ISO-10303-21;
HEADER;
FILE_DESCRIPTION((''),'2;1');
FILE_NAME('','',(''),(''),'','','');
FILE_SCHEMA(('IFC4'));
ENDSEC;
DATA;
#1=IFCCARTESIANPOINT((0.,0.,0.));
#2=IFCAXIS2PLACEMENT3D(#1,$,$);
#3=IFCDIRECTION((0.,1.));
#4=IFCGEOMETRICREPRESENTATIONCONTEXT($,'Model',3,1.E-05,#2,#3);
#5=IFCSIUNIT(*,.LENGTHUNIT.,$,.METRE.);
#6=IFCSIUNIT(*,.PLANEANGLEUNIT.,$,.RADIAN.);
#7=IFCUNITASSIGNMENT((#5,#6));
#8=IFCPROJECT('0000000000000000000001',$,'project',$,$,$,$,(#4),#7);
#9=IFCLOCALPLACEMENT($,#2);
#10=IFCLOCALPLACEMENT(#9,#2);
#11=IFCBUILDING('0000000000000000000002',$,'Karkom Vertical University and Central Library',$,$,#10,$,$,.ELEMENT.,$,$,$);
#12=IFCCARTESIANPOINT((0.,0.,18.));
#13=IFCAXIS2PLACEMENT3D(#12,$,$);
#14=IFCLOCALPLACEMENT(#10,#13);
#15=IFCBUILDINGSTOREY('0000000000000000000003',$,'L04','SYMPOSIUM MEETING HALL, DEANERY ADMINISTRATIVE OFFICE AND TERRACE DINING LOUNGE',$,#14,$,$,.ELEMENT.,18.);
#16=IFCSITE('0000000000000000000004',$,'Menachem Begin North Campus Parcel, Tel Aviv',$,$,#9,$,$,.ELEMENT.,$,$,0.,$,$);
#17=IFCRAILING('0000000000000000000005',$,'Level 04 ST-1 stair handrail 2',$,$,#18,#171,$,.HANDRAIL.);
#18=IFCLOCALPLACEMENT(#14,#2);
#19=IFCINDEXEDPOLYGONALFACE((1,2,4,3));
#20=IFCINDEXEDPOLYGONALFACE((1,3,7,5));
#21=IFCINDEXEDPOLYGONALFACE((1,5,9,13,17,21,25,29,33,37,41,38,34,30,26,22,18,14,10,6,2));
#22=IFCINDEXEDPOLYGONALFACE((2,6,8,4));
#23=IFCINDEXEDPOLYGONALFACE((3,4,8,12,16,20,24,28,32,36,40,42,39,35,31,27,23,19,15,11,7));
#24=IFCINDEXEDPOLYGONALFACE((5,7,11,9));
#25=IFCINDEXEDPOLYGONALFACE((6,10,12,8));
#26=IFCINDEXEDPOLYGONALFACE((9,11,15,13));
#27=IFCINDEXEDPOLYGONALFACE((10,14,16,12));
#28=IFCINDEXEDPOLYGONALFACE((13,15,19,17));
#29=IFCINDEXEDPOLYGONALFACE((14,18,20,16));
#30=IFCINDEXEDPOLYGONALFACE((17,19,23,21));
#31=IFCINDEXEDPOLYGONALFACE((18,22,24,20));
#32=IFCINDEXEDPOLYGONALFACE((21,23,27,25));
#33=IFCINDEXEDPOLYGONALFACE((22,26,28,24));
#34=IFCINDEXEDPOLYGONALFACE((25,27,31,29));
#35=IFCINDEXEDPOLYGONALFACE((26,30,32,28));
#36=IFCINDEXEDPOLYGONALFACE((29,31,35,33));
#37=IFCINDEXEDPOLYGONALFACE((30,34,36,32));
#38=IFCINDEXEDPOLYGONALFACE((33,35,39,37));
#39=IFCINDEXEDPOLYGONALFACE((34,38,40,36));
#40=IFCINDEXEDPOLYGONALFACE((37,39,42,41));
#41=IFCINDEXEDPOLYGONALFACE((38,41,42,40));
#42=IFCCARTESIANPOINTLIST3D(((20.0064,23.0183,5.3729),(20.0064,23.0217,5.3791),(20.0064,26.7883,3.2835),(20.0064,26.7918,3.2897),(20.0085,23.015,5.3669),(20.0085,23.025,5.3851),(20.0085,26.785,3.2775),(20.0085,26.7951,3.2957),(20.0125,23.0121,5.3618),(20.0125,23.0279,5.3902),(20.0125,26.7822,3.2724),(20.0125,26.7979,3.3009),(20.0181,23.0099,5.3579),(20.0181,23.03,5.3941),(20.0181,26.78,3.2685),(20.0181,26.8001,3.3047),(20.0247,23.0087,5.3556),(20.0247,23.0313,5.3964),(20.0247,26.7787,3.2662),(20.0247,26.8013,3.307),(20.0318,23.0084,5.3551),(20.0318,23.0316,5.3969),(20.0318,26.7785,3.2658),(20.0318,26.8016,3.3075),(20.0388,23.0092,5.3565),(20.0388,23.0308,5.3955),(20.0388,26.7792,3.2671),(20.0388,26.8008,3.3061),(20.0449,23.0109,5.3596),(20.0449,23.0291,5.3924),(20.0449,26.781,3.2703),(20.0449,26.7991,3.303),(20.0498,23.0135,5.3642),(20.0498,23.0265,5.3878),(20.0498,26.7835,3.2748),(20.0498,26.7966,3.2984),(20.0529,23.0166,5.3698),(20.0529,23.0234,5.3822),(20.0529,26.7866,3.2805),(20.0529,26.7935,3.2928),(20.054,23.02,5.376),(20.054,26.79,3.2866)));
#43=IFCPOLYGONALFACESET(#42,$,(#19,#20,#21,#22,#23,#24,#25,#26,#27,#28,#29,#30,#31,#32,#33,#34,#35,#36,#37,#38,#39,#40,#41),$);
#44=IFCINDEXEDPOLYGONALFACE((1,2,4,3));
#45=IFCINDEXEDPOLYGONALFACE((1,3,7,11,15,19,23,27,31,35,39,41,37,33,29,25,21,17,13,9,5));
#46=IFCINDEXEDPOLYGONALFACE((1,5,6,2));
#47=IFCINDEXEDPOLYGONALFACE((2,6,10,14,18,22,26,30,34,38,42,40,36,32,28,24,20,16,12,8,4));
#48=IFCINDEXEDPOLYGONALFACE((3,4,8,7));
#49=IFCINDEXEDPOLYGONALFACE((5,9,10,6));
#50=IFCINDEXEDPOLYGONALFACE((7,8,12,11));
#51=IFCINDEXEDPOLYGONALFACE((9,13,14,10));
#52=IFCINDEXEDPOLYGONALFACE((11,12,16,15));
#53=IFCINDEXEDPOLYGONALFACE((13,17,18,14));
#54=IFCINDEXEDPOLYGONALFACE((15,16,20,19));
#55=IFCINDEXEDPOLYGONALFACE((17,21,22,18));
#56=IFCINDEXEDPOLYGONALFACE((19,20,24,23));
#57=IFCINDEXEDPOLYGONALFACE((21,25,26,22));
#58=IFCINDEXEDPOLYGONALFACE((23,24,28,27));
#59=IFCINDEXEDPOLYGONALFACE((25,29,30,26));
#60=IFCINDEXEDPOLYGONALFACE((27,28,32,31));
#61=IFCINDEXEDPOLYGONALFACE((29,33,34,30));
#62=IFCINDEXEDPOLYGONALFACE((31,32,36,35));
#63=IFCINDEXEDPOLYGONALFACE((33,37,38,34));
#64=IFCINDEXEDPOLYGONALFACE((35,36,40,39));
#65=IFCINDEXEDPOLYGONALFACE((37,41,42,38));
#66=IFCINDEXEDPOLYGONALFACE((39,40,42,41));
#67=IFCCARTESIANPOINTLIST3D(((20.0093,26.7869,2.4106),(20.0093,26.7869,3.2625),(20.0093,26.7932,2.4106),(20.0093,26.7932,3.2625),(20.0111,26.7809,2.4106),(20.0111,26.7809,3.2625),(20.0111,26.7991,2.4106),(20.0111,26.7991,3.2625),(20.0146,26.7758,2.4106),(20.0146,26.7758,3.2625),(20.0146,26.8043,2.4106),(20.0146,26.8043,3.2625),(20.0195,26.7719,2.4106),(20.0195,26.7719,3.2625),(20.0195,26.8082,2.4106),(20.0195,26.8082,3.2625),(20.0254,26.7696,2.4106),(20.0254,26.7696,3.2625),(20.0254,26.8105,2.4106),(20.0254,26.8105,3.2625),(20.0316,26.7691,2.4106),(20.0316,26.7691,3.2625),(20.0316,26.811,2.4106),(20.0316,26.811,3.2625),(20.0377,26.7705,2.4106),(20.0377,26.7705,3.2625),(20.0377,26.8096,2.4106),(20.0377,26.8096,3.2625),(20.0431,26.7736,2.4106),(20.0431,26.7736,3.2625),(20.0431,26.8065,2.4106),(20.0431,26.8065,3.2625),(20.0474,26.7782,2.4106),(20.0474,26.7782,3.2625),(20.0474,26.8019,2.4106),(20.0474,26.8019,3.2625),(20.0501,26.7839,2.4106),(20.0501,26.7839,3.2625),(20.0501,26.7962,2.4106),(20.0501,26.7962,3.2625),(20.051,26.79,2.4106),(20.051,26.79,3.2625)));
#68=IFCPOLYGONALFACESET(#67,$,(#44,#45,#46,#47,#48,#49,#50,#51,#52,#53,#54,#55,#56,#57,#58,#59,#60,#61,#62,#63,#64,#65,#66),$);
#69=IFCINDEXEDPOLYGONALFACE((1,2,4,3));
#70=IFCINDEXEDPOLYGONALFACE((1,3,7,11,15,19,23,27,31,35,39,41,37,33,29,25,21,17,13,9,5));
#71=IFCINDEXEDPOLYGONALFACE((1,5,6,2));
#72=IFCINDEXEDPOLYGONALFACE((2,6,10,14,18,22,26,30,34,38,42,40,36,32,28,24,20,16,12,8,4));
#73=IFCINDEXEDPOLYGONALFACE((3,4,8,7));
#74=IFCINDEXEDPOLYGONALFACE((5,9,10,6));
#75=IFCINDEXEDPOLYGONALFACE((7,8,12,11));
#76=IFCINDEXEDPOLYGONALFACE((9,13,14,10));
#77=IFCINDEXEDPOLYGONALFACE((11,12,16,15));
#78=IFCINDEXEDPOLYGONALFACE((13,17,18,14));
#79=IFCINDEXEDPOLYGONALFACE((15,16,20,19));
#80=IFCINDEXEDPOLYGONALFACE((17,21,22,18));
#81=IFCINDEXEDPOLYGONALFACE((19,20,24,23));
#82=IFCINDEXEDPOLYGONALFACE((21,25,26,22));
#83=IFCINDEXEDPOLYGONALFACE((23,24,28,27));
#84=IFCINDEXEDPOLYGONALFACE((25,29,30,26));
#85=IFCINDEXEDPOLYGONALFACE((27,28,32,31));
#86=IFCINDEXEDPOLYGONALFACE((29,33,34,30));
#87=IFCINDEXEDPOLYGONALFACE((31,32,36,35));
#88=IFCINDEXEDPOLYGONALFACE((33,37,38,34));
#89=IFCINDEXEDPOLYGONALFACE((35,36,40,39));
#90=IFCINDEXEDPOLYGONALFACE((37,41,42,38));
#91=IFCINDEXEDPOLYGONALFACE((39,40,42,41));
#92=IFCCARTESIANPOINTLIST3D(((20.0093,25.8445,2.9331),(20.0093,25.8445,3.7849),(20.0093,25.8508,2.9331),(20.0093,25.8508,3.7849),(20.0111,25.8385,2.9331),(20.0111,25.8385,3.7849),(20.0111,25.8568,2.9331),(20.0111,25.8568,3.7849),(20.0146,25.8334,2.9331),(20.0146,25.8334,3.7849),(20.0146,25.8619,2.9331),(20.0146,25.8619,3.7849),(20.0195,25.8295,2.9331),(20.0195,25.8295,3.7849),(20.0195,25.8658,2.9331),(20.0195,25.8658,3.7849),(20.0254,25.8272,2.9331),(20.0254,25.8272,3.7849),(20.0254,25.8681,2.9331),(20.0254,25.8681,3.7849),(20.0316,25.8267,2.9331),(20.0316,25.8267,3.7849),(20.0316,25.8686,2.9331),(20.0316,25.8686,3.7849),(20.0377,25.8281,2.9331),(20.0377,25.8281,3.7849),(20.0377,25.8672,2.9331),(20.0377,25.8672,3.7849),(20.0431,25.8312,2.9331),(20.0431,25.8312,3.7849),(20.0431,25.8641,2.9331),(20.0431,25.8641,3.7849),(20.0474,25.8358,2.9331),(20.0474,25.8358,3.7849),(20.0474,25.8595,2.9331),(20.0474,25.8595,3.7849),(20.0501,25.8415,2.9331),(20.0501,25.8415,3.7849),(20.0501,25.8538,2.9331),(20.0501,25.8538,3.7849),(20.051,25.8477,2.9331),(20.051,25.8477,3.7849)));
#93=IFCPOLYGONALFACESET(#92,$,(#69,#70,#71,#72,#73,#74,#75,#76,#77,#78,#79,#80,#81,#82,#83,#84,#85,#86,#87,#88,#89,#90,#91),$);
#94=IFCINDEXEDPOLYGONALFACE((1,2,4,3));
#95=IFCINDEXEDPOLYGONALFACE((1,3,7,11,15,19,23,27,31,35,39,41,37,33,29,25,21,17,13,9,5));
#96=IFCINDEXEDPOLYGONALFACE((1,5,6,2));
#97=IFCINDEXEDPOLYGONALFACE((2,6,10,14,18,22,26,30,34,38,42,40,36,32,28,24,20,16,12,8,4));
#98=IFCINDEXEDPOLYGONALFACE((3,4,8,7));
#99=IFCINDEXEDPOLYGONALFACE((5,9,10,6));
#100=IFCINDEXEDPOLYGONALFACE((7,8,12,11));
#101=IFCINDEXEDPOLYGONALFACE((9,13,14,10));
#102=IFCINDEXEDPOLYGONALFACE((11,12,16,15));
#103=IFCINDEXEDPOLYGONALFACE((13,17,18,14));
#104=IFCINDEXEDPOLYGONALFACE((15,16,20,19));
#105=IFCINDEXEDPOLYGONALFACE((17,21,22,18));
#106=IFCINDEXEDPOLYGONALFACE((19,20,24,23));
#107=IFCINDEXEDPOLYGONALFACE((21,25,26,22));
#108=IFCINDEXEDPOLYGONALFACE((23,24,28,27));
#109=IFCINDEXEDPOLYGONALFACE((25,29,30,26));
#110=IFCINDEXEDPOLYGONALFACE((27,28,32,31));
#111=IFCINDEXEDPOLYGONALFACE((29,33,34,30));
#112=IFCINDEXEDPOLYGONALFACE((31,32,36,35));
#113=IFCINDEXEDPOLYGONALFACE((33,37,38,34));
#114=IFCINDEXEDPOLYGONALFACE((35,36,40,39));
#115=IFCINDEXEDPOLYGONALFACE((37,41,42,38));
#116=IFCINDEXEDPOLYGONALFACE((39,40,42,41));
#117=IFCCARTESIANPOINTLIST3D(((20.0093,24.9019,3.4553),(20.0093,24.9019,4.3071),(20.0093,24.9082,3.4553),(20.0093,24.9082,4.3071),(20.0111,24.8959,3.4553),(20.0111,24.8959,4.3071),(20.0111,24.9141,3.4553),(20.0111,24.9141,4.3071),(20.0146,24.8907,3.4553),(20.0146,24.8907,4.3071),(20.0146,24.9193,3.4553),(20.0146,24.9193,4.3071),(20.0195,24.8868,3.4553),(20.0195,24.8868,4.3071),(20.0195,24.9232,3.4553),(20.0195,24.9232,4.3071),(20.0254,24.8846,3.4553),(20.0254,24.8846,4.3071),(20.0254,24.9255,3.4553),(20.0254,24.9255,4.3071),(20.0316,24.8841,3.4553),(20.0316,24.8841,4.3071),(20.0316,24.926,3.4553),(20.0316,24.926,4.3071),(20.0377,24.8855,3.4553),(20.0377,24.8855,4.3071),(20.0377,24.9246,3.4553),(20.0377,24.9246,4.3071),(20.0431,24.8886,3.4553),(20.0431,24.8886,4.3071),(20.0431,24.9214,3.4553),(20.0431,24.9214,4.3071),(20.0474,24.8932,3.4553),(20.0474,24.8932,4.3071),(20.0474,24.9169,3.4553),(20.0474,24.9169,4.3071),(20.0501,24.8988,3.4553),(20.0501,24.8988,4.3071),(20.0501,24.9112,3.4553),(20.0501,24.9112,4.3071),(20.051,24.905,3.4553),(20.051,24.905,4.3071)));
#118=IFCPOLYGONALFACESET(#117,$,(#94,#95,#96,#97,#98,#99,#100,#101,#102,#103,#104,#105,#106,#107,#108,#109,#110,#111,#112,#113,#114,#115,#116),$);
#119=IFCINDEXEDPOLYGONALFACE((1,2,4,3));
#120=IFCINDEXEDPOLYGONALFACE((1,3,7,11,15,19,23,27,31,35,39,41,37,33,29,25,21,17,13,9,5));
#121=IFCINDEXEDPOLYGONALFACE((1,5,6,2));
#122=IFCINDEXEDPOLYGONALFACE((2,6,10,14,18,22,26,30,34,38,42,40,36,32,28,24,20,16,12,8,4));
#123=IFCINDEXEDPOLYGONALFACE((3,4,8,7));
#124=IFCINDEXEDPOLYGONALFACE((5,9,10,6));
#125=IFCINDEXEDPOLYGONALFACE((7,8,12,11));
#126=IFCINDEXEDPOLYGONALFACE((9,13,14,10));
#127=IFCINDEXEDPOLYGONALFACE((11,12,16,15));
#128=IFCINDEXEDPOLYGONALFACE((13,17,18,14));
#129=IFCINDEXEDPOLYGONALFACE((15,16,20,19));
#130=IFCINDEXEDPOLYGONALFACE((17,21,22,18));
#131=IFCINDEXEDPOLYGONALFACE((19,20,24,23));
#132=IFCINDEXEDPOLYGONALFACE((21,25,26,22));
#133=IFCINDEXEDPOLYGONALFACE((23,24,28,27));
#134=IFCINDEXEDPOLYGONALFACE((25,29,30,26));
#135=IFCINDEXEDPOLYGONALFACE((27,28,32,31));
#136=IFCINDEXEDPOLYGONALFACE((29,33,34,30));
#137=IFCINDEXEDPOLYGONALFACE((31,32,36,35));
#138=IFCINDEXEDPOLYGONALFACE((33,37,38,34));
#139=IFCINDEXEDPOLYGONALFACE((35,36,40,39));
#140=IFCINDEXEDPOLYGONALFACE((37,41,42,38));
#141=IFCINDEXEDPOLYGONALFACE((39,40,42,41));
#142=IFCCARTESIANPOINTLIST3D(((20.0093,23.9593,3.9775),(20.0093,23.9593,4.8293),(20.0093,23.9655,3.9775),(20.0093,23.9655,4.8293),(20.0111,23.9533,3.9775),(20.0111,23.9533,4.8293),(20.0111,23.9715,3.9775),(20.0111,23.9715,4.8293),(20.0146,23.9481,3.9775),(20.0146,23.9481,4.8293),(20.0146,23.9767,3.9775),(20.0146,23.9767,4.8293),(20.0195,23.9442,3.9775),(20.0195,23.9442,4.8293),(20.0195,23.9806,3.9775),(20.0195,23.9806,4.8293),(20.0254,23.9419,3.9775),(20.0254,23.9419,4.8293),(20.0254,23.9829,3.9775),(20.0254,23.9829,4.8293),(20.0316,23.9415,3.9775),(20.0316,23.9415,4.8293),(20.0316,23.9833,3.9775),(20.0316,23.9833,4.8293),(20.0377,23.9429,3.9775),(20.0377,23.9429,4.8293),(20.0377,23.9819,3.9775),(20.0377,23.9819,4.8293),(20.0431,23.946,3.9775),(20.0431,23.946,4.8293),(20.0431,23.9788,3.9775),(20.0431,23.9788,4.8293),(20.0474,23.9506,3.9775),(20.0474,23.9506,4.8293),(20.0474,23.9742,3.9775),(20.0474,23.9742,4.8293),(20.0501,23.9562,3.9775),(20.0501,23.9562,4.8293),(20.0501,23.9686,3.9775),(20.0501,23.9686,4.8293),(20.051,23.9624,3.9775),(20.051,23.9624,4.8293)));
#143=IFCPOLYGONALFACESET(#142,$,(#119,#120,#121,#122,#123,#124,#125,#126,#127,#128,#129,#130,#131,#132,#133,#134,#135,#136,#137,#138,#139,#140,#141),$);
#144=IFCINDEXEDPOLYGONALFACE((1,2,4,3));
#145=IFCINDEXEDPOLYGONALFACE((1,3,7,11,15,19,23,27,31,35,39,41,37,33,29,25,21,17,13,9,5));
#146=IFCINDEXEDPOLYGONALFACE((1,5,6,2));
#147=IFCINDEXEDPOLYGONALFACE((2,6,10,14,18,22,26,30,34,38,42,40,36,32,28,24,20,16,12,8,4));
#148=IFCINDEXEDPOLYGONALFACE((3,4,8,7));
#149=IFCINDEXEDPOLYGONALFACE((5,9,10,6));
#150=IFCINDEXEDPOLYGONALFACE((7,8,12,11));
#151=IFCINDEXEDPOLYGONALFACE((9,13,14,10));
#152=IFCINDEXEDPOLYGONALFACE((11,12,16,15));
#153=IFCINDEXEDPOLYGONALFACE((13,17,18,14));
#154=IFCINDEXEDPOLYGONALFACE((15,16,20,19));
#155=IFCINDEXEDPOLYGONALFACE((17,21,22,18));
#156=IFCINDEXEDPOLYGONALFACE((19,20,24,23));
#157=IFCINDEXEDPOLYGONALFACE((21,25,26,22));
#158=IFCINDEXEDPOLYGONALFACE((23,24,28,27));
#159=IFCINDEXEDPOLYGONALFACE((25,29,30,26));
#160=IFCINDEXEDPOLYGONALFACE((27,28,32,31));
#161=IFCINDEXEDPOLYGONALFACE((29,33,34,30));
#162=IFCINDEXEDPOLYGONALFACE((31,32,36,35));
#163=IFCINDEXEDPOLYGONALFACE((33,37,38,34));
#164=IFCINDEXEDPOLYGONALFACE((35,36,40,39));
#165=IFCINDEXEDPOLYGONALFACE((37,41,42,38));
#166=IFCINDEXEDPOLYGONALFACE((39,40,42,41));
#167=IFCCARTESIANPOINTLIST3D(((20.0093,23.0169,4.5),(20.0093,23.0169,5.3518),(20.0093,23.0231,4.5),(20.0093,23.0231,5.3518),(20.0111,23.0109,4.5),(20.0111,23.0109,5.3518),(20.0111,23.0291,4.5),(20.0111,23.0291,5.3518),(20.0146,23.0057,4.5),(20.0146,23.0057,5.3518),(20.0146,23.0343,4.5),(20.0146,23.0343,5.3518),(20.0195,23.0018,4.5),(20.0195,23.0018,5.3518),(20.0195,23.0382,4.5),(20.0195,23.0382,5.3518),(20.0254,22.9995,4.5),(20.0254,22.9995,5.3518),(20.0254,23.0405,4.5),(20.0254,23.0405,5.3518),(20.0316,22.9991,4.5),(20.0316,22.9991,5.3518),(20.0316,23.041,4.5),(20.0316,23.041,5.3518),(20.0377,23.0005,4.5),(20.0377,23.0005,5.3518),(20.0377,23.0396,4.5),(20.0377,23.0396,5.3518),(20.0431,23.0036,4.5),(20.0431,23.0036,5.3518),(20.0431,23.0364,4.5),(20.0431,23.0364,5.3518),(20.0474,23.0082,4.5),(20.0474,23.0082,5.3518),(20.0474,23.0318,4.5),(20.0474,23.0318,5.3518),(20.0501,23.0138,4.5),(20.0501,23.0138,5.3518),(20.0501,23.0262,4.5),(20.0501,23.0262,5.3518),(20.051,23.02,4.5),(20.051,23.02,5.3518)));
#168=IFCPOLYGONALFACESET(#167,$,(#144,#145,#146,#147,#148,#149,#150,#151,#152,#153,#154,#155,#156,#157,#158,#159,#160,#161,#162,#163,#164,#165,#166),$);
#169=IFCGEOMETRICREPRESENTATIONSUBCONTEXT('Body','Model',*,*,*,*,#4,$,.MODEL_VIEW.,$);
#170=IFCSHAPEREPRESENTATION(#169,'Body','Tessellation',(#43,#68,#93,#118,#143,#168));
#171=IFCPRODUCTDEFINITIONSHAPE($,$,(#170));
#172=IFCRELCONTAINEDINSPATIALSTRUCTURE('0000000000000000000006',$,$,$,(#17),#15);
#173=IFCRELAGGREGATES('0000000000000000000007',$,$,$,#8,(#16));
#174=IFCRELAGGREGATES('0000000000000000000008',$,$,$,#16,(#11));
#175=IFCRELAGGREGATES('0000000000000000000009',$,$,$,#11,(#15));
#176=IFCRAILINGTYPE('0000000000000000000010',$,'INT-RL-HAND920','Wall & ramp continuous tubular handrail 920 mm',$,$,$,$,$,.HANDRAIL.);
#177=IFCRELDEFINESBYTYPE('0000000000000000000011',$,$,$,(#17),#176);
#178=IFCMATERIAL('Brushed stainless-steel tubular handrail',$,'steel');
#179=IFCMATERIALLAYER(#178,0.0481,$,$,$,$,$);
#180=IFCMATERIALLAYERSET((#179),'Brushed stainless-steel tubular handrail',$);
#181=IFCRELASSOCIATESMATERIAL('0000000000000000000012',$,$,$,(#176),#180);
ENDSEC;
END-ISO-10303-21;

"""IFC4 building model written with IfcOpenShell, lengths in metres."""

from ifc_helpers import new_model, si_unit, direction, frame, origin, origin_2d, place, context, subcontext, project, spatial, circle, extrude, material, layer, layer_set, type_object, element, save


model = new_model("IFC4")

# Units and contexts
model_context = context("Model", 3, precision=1e-05, world=origin(), true_north=direction((0.0, 1.0)))
body_context = subcontext(model_context, "Body", "Model", "MODEL_VIEW")
ifc_project = project(units=[si_unit("LENGTHUNIT", "METRE"), si_unit("PLANEANGLEUNIT", "RADIAN")], contexts=[model_context])

# Site, building, storey
site_placement = place(None, origin())
site = spatial("IfcSite", under=ifc_project, at=site_placement, Name="Menachem Begin North Campus Parcel, Tel Aviv", CompositionType="ELEMENT", RefElevation=0.0)
building_placement = place(site_placement, origin())
building = spatial("IfcBuilding", under=site, at=building_placement, Name="Karkom Vertical University and Central Library", CompositionType="ELEMENT")
storey_placement = place(building_placement, frame((0.0, 0.0, 18.0)))
storey = spatial("IfcBuildingStorey", under=building, at=storey_placement, Name="L04", Description="SYMPOSIUM MEETING HALL, DEANERY ADMINISTRATIVE OFFICE AND TERRACE DINING LOUNGE", CompositionType="ELEMENT", Elevation=18.0)

# Railing
ifc_material_1 = material(Name="Brushed stainless-steel tubular handrail", Category="steel")
ifc_layer_1 = layer(ifc_material_1, 0.0481)
ifc_layer_set_1 = layer_set([ifc_layer_1], Name="Brushed stainless-steel tubular handrail")
railing_type_1 = type_object("IfcRailingType", Name="INT-RL-HAND920", Description="Wall & ramp continuous tubular handrail 920 mm", PredefinedType="HANDRAIL", material=ifc_layer_set_1)
railing_1_placement = place(storey_placement, frame((20.03, 26.79, 2.4106)))
element("IfcRailing", 1, at=railing_1_placement, inside=storey, type_object=railing_type_1, Name="Level 04 ST-1 stair handrail 2", PredefinedType="HANDRAIL", context=body_context, shape_type="SweptSolid", body=[
    extrude(circle(Radius=0.0239, at=origin_2d()), frame((0.0, 0.0, 0.876), z_axis=(0.0, -0.874659, 0.484739), x_axis=(1.0, 0.0, 0.0)), (0.0, 0.0, 1.0), 4.3103),
    extrude(circle(Radius=0.021, at=origin_2d()), origin(), (0.0, 0.0, 1.0), 0.8518),
    extrude(circle(Radius=0.021, at=origin_2d()), frame((0.0, -0.9424, 0.5225)), (0.0, 0.0, 1.0), 0.8518),
    extrude(circle(Radius=0.021, at=origin_2d()), frame((0.0, -1.885, 1.0447)), (0.0, 0.0, 1.0), 0.8518),
    extrude(circle(Radius=0.021, at=origin_2d()), frame((0.0, -2.8276, 1.5669)), (0.0, 0.0, 1.0), 0.8518),
    extrude(circle(Radius=0.021, at=origin_2d()), frame((0.0, -3.77, 2.0894)), (0.0, 0.0, 1.0), 0.8518),
])

save(model, "model.ifc")
